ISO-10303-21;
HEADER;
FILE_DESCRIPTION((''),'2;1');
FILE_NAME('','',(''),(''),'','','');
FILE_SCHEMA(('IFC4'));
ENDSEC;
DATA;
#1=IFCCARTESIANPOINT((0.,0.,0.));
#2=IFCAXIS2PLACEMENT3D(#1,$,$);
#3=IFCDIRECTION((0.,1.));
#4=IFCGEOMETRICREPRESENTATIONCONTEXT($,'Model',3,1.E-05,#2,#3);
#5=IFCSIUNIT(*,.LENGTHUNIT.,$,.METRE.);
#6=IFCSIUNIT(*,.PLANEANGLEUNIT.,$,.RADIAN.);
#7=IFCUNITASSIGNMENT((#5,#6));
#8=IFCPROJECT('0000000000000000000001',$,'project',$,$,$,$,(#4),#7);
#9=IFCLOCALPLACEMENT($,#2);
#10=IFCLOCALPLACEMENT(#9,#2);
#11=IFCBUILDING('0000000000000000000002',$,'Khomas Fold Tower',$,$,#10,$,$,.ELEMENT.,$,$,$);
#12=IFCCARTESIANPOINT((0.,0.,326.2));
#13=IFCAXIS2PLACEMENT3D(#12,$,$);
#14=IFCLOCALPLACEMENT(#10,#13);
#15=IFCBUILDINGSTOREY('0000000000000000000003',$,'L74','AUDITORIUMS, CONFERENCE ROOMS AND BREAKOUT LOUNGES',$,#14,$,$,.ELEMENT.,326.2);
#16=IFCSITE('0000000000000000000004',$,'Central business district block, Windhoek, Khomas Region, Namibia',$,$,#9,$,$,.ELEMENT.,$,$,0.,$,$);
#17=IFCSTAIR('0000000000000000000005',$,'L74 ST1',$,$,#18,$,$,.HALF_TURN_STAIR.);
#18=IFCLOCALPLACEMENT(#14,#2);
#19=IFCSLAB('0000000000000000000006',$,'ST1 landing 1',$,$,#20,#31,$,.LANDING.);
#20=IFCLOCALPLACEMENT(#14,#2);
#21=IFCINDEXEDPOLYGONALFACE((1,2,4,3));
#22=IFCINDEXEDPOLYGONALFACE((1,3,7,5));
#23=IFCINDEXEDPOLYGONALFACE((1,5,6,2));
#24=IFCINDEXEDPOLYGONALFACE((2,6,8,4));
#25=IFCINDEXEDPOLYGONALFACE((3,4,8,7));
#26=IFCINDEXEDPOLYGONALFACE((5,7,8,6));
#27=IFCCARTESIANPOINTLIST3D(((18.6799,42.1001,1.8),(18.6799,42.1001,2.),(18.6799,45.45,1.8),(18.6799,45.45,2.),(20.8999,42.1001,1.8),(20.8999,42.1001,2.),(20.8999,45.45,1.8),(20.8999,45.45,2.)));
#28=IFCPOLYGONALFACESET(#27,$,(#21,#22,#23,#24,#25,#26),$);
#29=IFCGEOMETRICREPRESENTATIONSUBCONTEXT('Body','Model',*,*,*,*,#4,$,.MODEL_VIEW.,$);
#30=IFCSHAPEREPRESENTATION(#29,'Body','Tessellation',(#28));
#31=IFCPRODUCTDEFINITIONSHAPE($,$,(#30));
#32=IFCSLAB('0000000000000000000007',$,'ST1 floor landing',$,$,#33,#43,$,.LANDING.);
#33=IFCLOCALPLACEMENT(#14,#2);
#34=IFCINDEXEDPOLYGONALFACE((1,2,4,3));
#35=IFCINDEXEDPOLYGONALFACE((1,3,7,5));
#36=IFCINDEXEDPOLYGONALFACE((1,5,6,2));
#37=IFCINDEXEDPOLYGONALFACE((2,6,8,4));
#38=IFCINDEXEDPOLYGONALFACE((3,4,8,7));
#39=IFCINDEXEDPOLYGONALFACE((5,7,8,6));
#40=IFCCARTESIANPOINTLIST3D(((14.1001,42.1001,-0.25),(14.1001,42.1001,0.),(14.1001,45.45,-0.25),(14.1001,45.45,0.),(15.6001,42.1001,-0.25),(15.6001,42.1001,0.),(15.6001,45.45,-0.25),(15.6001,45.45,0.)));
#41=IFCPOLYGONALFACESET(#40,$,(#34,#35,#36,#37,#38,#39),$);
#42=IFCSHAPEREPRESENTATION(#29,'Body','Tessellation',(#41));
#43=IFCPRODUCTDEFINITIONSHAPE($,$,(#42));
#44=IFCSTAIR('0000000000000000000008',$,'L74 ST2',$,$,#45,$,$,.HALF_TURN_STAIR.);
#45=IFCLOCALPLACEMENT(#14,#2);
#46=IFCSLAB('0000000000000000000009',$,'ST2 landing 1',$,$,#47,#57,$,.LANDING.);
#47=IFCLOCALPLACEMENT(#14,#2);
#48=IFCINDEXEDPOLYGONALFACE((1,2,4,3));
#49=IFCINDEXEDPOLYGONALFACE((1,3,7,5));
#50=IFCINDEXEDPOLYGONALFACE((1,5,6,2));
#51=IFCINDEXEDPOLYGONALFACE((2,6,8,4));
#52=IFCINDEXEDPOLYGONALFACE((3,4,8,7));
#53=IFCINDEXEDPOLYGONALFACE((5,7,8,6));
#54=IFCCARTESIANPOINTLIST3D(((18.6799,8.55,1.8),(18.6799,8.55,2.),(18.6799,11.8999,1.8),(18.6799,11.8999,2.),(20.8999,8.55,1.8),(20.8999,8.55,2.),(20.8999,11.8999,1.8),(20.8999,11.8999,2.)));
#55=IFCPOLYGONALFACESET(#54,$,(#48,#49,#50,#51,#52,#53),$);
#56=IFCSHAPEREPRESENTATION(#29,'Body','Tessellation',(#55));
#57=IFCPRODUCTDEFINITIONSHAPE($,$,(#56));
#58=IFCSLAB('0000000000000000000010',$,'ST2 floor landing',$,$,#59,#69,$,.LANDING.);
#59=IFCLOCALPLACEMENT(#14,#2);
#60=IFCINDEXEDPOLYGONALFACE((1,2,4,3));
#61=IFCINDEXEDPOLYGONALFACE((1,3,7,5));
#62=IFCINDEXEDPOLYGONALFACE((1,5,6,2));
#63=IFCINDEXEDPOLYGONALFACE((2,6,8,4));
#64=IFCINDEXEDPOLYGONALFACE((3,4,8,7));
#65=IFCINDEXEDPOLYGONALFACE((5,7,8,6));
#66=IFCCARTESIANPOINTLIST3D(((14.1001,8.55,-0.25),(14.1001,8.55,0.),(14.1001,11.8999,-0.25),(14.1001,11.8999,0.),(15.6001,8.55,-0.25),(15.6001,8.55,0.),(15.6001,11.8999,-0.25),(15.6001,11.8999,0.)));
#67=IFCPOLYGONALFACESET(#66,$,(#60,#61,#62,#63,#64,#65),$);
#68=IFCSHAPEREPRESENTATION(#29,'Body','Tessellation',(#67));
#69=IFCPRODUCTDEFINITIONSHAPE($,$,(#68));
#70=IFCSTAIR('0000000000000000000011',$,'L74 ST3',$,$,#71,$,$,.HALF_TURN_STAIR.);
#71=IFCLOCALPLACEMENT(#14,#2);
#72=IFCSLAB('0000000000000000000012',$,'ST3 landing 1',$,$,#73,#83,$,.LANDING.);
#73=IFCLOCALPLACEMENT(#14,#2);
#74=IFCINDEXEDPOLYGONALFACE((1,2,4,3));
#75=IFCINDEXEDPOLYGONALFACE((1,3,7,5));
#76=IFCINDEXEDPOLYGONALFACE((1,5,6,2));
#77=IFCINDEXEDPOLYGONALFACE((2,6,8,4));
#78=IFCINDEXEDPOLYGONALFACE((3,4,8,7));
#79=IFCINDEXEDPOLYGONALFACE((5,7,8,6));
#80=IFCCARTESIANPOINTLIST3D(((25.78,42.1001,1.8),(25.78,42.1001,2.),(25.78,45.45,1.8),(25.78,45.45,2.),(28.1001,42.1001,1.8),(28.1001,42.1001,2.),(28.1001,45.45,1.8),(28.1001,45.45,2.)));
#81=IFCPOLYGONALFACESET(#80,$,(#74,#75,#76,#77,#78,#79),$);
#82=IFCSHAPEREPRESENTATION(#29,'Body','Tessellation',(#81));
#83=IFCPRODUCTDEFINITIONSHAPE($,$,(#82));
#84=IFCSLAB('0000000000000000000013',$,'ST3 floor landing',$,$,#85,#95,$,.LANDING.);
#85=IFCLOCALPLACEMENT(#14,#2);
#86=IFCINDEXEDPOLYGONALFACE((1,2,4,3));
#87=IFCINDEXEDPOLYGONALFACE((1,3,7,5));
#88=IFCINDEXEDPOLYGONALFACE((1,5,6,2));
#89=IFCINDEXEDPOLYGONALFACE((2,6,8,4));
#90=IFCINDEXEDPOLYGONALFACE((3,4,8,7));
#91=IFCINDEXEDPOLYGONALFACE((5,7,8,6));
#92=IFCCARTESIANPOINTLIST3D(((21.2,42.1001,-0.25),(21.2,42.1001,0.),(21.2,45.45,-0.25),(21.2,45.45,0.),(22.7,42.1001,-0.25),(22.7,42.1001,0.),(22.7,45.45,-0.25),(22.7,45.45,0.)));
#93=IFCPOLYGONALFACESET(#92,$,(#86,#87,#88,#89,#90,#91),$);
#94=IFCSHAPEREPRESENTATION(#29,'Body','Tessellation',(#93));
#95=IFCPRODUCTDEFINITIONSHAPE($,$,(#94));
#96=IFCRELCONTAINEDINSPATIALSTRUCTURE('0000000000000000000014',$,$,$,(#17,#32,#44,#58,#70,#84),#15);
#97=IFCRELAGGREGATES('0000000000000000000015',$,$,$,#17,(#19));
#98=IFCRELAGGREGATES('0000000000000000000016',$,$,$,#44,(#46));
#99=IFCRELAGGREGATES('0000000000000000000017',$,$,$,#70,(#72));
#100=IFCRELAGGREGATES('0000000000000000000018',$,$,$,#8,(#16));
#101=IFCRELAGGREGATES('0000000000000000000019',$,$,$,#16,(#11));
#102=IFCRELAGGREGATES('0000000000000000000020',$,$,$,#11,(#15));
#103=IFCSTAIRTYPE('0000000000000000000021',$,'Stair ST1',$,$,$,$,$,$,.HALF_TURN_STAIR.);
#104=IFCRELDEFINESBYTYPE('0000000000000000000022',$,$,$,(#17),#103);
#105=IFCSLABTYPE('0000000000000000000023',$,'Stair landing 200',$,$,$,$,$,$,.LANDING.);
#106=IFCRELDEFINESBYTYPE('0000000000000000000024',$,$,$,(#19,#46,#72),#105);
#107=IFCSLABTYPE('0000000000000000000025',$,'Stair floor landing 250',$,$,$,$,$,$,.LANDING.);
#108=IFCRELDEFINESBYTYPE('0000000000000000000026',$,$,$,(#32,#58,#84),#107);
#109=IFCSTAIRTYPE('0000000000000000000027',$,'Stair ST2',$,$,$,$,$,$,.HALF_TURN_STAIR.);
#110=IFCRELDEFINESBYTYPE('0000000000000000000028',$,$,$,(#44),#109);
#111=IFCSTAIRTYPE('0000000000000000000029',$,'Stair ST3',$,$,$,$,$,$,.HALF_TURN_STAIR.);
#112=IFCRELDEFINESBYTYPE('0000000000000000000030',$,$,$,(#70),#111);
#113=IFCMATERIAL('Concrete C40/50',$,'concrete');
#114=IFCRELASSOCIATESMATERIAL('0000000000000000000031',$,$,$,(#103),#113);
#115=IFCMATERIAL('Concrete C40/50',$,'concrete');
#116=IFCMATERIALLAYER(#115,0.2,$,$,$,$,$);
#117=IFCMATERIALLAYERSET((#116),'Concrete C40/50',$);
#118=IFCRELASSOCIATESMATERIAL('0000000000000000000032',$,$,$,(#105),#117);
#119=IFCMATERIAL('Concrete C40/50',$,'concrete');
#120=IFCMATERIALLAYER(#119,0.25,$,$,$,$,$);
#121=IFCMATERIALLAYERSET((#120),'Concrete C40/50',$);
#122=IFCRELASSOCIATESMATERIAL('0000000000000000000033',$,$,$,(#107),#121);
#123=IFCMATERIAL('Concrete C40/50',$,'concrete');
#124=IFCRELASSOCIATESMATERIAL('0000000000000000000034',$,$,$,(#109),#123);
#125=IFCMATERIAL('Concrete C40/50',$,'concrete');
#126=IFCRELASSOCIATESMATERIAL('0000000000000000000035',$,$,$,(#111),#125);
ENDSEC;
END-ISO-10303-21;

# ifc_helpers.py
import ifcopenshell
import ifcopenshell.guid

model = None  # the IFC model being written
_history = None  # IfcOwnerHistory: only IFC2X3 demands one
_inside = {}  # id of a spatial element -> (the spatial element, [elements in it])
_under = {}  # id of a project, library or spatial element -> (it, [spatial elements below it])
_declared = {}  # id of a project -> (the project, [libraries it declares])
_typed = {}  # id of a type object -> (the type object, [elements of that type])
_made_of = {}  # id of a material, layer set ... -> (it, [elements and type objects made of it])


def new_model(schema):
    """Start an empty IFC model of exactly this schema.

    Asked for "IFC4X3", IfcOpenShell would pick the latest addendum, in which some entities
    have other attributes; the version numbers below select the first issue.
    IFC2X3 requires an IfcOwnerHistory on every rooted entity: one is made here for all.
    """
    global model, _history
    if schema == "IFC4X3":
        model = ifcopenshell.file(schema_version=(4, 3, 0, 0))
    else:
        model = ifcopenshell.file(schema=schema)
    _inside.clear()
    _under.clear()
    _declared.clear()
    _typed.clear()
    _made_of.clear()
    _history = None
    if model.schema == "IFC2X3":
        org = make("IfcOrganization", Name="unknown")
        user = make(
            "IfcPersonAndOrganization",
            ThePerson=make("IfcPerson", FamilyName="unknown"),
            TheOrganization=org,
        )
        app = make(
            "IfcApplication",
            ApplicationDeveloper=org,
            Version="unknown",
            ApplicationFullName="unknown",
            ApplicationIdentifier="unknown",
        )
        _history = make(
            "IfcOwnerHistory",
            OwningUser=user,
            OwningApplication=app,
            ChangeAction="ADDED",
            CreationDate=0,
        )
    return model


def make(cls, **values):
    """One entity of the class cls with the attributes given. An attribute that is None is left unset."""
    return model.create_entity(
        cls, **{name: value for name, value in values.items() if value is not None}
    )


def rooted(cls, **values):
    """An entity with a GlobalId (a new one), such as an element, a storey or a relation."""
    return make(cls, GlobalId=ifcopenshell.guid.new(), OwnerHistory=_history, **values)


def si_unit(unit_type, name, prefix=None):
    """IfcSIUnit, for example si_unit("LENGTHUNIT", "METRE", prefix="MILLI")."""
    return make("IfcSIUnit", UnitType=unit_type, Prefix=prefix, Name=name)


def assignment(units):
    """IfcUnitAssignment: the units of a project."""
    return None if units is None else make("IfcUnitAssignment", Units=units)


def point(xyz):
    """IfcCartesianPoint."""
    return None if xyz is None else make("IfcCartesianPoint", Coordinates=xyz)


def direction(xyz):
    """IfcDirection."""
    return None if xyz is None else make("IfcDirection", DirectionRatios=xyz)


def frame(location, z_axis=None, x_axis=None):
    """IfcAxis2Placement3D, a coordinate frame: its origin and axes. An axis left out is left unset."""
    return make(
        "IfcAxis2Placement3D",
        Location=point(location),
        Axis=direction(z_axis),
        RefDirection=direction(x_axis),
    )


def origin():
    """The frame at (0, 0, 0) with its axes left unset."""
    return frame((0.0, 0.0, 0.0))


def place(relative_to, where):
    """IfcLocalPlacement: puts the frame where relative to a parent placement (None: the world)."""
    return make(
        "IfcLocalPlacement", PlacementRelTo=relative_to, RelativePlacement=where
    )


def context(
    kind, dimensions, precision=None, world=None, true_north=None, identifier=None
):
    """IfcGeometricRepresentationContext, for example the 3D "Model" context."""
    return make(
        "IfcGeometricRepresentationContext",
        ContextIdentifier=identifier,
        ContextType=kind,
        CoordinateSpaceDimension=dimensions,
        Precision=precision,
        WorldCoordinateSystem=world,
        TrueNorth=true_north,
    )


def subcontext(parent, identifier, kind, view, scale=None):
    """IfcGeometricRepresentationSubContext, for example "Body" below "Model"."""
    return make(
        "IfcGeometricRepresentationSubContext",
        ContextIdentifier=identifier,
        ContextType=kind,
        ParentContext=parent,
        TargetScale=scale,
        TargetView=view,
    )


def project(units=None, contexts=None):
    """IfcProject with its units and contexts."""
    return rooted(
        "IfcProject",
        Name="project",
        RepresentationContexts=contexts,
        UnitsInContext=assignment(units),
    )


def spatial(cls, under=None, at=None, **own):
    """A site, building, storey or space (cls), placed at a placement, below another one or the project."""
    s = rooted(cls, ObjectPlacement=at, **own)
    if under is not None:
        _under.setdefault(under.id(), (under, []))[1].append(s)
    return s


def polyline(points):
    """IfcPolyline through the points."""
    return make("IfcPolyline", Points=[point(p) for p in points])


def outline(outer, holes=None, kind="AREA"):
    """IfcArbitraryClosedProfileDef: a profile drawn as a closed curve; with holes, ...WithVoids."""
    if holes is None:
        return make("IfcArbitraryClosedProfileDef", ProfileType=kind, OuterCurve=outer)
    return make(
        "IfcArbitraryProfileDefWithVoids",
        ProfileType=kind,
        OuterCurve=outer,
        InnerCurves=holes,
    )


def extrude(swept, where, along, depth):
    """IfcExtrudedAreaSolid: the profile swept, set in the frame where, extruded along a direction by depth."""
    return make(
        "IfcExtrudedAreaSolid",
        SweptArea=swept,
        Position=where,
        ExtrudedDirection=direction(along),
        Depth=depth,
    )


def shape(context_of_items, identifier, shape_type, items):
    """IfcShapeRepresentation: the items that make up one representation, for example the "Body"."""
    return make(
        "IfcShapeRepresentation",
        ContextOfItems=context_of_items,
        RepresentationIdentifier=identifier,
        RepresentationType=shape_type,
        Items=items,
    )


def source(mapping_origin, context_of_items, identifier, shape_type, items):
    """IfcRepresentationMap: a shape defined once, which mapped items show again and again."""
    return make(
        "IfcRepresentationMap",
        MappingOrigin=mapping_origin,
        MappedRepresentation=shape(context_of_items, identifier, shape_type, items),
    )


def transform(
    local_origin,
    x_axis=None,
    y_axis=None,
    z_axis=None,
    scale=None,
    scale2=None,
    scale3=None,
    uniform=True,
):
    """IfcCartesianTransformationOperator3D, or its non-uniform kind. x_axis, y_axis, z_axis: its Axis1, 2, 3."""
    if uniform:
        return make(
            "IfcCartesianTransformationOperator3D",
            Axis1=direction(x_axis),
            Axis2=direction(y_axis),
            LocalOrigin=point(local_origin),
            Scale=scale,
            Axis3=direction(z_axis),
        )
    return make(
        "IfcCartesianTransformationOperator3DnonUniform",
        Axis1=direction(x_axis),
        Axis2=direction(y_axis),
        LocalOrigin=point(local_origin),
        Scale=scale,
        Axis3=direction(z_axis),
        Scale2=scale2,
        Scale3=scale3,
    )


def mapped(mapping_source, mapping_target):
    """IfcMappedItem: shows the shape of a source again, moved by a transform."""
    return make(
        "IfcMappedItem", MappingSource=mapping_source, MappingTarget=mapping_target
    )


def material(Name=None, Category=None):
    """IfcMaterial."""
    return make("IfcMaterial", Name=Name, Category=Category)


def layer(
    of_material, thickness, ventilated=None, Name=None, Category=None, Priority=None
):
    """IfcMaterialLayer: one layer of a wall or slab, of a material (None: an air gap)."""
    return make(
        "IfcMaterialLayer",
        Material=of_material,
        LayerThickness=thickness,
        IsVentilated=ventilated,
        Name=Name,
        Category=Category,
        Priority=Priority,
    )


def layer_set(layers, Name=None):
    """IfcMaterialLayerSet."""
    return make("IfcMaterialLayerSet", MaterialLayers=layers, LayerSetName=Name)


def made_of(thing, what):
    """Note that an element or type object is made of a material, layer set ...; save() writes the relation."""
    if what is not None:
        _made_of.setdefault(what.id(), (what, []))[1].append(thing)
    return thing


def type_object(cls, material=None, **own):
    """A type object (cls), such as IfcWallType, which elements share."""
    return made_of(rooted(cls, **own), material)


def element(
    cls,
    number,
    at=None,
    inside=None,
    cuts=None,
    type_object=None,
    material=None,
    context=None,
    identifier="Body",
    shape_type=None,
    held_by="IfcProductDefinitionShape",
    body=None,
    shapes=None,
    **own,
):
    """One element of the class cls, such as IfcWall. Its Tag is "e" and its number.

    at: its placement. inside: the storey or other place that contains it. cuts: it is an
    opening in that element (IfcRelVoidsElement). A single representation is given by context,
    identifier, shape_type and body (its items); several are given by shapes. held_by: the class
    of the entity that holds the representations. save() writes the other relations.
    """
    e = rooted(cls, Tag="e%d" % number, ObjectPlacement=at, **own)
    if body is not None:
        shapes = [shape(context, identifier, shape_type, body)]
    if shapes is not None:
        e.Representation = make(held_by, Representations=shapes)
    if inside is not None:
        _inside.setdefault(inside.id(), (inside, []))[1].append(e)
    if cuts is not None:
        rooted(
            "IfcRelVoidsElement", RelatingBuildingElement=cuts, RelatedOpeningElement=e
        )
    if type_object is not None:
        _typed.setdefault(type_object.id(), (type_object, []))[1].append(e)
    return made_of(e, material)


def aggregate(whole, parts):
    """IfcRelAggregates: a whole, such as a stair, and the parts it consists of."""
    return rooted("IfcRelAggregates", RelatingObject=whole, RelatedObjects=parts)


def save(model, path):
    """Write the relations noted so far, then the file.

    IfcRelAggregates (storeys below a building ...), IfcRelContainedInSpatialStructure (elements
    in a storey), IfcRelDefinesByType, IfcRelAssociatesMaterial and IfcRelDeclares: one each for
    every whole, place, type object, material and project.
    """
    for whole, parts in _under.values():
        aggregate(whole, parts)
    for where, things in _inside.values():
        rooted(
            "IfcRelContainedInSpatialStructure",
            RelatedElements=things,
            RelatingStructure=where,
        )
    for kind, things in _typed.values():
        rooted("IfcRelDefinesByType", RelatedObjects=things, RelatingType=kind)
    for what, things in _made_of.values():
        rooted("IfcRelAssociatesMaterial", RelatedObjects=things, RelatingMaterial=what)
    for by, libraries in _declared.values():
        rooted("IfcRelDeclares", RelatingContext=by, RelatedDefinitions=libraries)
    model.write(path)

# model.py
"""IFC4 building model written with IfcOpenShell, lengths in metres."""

from ifc_helpers import new_model, si_unit, direction, frame, origin, place, context, subcontext, project, spatial, polyline, outline, extrude, source, transform, mapped, material, layer, layer_set, type_object, element, aggregate, save


model = new_model("IFC4")

# Units and contexts
model_context = context("Model", 3, precision=1e-05, world=origin(), true_north=direction((0.0, 1.0)))
body_context = subcontext(model_context, "Body", "Model", "MODEL_VIEW")
ifc_project = project(units=[si_unit("LENGTHUNIT", "METRE"), si_unit("PLANEANGLEUNIT", "RADIAN")], contexts=[model_context])

# Site, building, storey
site_placement = place(None, origin())
site = spatial("IfcSite", under=ifc_project, at=site_placement, Name="Central business district block, Windhoek, Khomas Region, Namibia", CompositionType="ELEMENT", RefElevation=0.0)
building_placement = place(site_placement, origin())
building = spatial("IfcBuilding", under=site, at=building_placement, Name="Khomas Fold Tower", CompositionType="ELEMENT")
storey_placement = place(building_placement, frame((0.0, 0.0, 326.2)))
storey = spatial("IfcBuildingStorey", under=building, at=storey_placement, Name="L74", Description="AUDITORIUMS, CONFERENCE ROOMS AND BREAKOUT LOUNGES", CompositionType="ELEMENT", Elevation=326.2)

# Stair, slab
ifc_material_1 = material(Name="Concrete C40/50", Category="concrete")
stair_type_1 = type_object("IfcStairType", Name="Stair ST1", PredefinedType="HALF_TURN_STAIR", material=ifc_material_1)
stair_1_placement = place(storey_placement, origin())
stair_1 = element("IfcStair", 1, at=stair_1_placement, inside=storey, type_object=stair_type_1, Name="L74 ST1", PredefinedType="HALF_TURN_STAIR")
ifc_material_2 = material(Name="Concrete C40/50", Category="concrete")
ifc_layer_1 = layer(ifc_material_2, 0.2)
ifc_layer_set_1 = layer_set([ifc_layer_1], Name="Concrete C40/50")
slab_type_1 = type_object("IfcSlabType", Name="Stair landing 200", PredefinedType="LANDING", material=ifc_layer_set_1)
shared_shape_1 = source(origin(), body_context, "Body", "SweptSolid", [
    extrude(outline(polyline([(18.6799, 42.1001), (20.8999, 42.1001), (20.8999, 45.45), (18.6799, 45.45), (18.6799, 42.1001)])), origin(), (0.0, 0.0, 1.0), 0.2),
])
slab_1_placement = place(storey_placement, frame((0.0, 0.0, 1.8)))
slab_1 = element("IfcSlab", 2, at=slab_1_placement, type_object=slab_type_1, Name="ST1 landing 1", PredefinedType="LANDING", context=body_context, shape_type="MappedRepresentation", body=[
    mapped(shared_shape_1, transform((0.0, 0.0, 0.0))),
])
aggregate(stair_1, [slab_1])

# Slab
ifc_material_3 = material(Name="Concrete C40/50", Category="concrete")
ifc_layer_2 = layer(ifc_material_3, 0.25)
ifc_layer_set_2 = layer_set([ifc_layer_2], Name="Concrete C40/50")
slab_type_2 = type_object("IfcSlabType", Name="Stair floor landing 250", PredefinedType="LANDING", material=ifc_layer_set_2)
shared_shape_2 = source(origin(), body_context, "Body", "SweptSolid", [
    extrude(outline(polyline([(15.6001, 42.1001), (14.1001, 42.1001), (14.1001, 45.45), (15.6001, 45.45), (15.6001, 42.1001)])), origin(), (0.0, 0.0, 1.0), 0.25),
])
slab_2_placement = place(storey_placement, frame((0.0, 0.0, -0.25)))
element("IfcSlab", 3, at=slab_2_placement, inside=storey, type_object=slab_type_2, Name="ST1 floor landing", PredefinedType="LANDING", context=body_context, shape_type="MappedRepresentation", body=[
    mapped(shared_shape_2, transform((0.0, 0.0, 0.0))),
])

# Stair, slab
ifc_material_4 = material(Name="Concrete C40/50", Category="concrete")
stair_type_2 = type_object("IfcStairType", Name="Stair ST2", PredefinedType="HALF_TURN_STAIR", material=ifc_material_4)
stair_2_placement = place(storey_placement, origin())
stair_2 = element("IfcStair", 4, at=stair_2_placement, inside=storey, type_object=stair_type_2, Name="L74 ST2", PredefinedType="HALF_TURN_STAIR")
shared_shape_3 = source(origin(), body_context, "Body", "SweptSolid", [
    extrude(outline(polyline([(18.6799, 8.55), (20.8999, 8.55), (20.8999, 11.8999), (18.6799, 11.8999), (18.6799, 8.55)])), origin(), (0.0, 0.0, 1.0), 0.2),
])
slab_3_placement = place(storey_placement, frame((0.0, 0.0, 1.8)))
slab_3 = element("IfcSlab", 5, at=slab_3_placement, type_object=slab_type_1, Name="ST2 landing 1", PredefinedType="LANDING", context=body_context, shape_type="MappedRepresentation", body=[
    mapped(shared_shape_3, transform((0.0, 0.0, 0.0))),
])
aggregate(stair_2, [slab_3])

# Slab
shared_shape_4 = source(origin(), body_context, "Body", "SweptSolid", [
    extrude(outline(polyline([(15.6001, 8.55), (14.1001, 8.55), (14.1001, 11.8999), (15.6001, 11.8999), (15.6001, 8.55)])), origin(), (0.0, 0.0, 1.0), 0.25),
])
slab_4_placement = place(storey_placement, frame((0.0, 0.0, -0.25)))
element("IfcSlab", 6, at=slab_4_placement, inside=storey, type_object=slab_type_2, Name="ST2 floor landing", PredefinedType="LANDING", context=body_context, shape_type="MappedRepresentation", body=[
    mapped(shared_shape_4, transform((0.0, 0.0, 0.0))),
])

# Stair, slab
ifc_material_5 = material(Name="Concrete C40/50", Category="concrete")
stair_type_3 = type_object("IfcStairType", Name="Stair ST3", PredefinedType="HALF_TURN_STAIR", material=ifc_material_5)
stair_3_placement = place(storey_placement, origin())
stair_3 = element("IfcStair", 7, at=stair_3_placement, inside=storey, type_object=stair_type_3, Name="L74 ST3", PredefinedType="HALF_TURN_STAIR")
shared_shape_5 = source(origin(), body_context, "Body", "SweptSolid", [
    extrude(outline(polyline([(25.78, 42.1001), (28.1001, 42.1001), (28.1001, 45.45), (25.78, 45.45), (25.78, 42.1001)])), origin(), (0.0, 0.0, 1.0), 0.2),
])
slab_5_placement = place(storey_placement, frame((0.0, 0.0, 1.8)))
slab_5 = element("IfcSlab", 8, at=slab_5_placement, type_object=slab_type_1, Name="ST3 landing 1", PredefinedType="LANDING", context=body_context, shape_type="MappedRepresentation", body=[
    mapped(shared_shape_5, transform((0.0, 0.0, 0.0))),
])
aggregate(stair_3, [slab_5])

# Slab
shared_shape_6 = source(origin(), body_context, "Body", "SweptSolid", [
    extrude(outline(polyline([(22.7, 42.1001), (21.2, 42.1001), (21.2, 45.45), (22.7, 45.45), (22.7, 42.1001)])), origin(), (0.0, 0.0, 1.0), 0.25),
])
slab_6_placement = place(storey_placement, frame((0.0, 0.0, -0.25)))
element("IfcSlab", 9, at=slab_6_placement, inside=storey, type_object=slab_type_2, Name="ST3 floor landing", PredefinedType="LANDING", context=body_context, shape_type="MappedRepresentation", body=[
    mapped(shared_shape_6, transform((0.0, 0.0, 0.0))),
])

save(model, "model.ifc")
